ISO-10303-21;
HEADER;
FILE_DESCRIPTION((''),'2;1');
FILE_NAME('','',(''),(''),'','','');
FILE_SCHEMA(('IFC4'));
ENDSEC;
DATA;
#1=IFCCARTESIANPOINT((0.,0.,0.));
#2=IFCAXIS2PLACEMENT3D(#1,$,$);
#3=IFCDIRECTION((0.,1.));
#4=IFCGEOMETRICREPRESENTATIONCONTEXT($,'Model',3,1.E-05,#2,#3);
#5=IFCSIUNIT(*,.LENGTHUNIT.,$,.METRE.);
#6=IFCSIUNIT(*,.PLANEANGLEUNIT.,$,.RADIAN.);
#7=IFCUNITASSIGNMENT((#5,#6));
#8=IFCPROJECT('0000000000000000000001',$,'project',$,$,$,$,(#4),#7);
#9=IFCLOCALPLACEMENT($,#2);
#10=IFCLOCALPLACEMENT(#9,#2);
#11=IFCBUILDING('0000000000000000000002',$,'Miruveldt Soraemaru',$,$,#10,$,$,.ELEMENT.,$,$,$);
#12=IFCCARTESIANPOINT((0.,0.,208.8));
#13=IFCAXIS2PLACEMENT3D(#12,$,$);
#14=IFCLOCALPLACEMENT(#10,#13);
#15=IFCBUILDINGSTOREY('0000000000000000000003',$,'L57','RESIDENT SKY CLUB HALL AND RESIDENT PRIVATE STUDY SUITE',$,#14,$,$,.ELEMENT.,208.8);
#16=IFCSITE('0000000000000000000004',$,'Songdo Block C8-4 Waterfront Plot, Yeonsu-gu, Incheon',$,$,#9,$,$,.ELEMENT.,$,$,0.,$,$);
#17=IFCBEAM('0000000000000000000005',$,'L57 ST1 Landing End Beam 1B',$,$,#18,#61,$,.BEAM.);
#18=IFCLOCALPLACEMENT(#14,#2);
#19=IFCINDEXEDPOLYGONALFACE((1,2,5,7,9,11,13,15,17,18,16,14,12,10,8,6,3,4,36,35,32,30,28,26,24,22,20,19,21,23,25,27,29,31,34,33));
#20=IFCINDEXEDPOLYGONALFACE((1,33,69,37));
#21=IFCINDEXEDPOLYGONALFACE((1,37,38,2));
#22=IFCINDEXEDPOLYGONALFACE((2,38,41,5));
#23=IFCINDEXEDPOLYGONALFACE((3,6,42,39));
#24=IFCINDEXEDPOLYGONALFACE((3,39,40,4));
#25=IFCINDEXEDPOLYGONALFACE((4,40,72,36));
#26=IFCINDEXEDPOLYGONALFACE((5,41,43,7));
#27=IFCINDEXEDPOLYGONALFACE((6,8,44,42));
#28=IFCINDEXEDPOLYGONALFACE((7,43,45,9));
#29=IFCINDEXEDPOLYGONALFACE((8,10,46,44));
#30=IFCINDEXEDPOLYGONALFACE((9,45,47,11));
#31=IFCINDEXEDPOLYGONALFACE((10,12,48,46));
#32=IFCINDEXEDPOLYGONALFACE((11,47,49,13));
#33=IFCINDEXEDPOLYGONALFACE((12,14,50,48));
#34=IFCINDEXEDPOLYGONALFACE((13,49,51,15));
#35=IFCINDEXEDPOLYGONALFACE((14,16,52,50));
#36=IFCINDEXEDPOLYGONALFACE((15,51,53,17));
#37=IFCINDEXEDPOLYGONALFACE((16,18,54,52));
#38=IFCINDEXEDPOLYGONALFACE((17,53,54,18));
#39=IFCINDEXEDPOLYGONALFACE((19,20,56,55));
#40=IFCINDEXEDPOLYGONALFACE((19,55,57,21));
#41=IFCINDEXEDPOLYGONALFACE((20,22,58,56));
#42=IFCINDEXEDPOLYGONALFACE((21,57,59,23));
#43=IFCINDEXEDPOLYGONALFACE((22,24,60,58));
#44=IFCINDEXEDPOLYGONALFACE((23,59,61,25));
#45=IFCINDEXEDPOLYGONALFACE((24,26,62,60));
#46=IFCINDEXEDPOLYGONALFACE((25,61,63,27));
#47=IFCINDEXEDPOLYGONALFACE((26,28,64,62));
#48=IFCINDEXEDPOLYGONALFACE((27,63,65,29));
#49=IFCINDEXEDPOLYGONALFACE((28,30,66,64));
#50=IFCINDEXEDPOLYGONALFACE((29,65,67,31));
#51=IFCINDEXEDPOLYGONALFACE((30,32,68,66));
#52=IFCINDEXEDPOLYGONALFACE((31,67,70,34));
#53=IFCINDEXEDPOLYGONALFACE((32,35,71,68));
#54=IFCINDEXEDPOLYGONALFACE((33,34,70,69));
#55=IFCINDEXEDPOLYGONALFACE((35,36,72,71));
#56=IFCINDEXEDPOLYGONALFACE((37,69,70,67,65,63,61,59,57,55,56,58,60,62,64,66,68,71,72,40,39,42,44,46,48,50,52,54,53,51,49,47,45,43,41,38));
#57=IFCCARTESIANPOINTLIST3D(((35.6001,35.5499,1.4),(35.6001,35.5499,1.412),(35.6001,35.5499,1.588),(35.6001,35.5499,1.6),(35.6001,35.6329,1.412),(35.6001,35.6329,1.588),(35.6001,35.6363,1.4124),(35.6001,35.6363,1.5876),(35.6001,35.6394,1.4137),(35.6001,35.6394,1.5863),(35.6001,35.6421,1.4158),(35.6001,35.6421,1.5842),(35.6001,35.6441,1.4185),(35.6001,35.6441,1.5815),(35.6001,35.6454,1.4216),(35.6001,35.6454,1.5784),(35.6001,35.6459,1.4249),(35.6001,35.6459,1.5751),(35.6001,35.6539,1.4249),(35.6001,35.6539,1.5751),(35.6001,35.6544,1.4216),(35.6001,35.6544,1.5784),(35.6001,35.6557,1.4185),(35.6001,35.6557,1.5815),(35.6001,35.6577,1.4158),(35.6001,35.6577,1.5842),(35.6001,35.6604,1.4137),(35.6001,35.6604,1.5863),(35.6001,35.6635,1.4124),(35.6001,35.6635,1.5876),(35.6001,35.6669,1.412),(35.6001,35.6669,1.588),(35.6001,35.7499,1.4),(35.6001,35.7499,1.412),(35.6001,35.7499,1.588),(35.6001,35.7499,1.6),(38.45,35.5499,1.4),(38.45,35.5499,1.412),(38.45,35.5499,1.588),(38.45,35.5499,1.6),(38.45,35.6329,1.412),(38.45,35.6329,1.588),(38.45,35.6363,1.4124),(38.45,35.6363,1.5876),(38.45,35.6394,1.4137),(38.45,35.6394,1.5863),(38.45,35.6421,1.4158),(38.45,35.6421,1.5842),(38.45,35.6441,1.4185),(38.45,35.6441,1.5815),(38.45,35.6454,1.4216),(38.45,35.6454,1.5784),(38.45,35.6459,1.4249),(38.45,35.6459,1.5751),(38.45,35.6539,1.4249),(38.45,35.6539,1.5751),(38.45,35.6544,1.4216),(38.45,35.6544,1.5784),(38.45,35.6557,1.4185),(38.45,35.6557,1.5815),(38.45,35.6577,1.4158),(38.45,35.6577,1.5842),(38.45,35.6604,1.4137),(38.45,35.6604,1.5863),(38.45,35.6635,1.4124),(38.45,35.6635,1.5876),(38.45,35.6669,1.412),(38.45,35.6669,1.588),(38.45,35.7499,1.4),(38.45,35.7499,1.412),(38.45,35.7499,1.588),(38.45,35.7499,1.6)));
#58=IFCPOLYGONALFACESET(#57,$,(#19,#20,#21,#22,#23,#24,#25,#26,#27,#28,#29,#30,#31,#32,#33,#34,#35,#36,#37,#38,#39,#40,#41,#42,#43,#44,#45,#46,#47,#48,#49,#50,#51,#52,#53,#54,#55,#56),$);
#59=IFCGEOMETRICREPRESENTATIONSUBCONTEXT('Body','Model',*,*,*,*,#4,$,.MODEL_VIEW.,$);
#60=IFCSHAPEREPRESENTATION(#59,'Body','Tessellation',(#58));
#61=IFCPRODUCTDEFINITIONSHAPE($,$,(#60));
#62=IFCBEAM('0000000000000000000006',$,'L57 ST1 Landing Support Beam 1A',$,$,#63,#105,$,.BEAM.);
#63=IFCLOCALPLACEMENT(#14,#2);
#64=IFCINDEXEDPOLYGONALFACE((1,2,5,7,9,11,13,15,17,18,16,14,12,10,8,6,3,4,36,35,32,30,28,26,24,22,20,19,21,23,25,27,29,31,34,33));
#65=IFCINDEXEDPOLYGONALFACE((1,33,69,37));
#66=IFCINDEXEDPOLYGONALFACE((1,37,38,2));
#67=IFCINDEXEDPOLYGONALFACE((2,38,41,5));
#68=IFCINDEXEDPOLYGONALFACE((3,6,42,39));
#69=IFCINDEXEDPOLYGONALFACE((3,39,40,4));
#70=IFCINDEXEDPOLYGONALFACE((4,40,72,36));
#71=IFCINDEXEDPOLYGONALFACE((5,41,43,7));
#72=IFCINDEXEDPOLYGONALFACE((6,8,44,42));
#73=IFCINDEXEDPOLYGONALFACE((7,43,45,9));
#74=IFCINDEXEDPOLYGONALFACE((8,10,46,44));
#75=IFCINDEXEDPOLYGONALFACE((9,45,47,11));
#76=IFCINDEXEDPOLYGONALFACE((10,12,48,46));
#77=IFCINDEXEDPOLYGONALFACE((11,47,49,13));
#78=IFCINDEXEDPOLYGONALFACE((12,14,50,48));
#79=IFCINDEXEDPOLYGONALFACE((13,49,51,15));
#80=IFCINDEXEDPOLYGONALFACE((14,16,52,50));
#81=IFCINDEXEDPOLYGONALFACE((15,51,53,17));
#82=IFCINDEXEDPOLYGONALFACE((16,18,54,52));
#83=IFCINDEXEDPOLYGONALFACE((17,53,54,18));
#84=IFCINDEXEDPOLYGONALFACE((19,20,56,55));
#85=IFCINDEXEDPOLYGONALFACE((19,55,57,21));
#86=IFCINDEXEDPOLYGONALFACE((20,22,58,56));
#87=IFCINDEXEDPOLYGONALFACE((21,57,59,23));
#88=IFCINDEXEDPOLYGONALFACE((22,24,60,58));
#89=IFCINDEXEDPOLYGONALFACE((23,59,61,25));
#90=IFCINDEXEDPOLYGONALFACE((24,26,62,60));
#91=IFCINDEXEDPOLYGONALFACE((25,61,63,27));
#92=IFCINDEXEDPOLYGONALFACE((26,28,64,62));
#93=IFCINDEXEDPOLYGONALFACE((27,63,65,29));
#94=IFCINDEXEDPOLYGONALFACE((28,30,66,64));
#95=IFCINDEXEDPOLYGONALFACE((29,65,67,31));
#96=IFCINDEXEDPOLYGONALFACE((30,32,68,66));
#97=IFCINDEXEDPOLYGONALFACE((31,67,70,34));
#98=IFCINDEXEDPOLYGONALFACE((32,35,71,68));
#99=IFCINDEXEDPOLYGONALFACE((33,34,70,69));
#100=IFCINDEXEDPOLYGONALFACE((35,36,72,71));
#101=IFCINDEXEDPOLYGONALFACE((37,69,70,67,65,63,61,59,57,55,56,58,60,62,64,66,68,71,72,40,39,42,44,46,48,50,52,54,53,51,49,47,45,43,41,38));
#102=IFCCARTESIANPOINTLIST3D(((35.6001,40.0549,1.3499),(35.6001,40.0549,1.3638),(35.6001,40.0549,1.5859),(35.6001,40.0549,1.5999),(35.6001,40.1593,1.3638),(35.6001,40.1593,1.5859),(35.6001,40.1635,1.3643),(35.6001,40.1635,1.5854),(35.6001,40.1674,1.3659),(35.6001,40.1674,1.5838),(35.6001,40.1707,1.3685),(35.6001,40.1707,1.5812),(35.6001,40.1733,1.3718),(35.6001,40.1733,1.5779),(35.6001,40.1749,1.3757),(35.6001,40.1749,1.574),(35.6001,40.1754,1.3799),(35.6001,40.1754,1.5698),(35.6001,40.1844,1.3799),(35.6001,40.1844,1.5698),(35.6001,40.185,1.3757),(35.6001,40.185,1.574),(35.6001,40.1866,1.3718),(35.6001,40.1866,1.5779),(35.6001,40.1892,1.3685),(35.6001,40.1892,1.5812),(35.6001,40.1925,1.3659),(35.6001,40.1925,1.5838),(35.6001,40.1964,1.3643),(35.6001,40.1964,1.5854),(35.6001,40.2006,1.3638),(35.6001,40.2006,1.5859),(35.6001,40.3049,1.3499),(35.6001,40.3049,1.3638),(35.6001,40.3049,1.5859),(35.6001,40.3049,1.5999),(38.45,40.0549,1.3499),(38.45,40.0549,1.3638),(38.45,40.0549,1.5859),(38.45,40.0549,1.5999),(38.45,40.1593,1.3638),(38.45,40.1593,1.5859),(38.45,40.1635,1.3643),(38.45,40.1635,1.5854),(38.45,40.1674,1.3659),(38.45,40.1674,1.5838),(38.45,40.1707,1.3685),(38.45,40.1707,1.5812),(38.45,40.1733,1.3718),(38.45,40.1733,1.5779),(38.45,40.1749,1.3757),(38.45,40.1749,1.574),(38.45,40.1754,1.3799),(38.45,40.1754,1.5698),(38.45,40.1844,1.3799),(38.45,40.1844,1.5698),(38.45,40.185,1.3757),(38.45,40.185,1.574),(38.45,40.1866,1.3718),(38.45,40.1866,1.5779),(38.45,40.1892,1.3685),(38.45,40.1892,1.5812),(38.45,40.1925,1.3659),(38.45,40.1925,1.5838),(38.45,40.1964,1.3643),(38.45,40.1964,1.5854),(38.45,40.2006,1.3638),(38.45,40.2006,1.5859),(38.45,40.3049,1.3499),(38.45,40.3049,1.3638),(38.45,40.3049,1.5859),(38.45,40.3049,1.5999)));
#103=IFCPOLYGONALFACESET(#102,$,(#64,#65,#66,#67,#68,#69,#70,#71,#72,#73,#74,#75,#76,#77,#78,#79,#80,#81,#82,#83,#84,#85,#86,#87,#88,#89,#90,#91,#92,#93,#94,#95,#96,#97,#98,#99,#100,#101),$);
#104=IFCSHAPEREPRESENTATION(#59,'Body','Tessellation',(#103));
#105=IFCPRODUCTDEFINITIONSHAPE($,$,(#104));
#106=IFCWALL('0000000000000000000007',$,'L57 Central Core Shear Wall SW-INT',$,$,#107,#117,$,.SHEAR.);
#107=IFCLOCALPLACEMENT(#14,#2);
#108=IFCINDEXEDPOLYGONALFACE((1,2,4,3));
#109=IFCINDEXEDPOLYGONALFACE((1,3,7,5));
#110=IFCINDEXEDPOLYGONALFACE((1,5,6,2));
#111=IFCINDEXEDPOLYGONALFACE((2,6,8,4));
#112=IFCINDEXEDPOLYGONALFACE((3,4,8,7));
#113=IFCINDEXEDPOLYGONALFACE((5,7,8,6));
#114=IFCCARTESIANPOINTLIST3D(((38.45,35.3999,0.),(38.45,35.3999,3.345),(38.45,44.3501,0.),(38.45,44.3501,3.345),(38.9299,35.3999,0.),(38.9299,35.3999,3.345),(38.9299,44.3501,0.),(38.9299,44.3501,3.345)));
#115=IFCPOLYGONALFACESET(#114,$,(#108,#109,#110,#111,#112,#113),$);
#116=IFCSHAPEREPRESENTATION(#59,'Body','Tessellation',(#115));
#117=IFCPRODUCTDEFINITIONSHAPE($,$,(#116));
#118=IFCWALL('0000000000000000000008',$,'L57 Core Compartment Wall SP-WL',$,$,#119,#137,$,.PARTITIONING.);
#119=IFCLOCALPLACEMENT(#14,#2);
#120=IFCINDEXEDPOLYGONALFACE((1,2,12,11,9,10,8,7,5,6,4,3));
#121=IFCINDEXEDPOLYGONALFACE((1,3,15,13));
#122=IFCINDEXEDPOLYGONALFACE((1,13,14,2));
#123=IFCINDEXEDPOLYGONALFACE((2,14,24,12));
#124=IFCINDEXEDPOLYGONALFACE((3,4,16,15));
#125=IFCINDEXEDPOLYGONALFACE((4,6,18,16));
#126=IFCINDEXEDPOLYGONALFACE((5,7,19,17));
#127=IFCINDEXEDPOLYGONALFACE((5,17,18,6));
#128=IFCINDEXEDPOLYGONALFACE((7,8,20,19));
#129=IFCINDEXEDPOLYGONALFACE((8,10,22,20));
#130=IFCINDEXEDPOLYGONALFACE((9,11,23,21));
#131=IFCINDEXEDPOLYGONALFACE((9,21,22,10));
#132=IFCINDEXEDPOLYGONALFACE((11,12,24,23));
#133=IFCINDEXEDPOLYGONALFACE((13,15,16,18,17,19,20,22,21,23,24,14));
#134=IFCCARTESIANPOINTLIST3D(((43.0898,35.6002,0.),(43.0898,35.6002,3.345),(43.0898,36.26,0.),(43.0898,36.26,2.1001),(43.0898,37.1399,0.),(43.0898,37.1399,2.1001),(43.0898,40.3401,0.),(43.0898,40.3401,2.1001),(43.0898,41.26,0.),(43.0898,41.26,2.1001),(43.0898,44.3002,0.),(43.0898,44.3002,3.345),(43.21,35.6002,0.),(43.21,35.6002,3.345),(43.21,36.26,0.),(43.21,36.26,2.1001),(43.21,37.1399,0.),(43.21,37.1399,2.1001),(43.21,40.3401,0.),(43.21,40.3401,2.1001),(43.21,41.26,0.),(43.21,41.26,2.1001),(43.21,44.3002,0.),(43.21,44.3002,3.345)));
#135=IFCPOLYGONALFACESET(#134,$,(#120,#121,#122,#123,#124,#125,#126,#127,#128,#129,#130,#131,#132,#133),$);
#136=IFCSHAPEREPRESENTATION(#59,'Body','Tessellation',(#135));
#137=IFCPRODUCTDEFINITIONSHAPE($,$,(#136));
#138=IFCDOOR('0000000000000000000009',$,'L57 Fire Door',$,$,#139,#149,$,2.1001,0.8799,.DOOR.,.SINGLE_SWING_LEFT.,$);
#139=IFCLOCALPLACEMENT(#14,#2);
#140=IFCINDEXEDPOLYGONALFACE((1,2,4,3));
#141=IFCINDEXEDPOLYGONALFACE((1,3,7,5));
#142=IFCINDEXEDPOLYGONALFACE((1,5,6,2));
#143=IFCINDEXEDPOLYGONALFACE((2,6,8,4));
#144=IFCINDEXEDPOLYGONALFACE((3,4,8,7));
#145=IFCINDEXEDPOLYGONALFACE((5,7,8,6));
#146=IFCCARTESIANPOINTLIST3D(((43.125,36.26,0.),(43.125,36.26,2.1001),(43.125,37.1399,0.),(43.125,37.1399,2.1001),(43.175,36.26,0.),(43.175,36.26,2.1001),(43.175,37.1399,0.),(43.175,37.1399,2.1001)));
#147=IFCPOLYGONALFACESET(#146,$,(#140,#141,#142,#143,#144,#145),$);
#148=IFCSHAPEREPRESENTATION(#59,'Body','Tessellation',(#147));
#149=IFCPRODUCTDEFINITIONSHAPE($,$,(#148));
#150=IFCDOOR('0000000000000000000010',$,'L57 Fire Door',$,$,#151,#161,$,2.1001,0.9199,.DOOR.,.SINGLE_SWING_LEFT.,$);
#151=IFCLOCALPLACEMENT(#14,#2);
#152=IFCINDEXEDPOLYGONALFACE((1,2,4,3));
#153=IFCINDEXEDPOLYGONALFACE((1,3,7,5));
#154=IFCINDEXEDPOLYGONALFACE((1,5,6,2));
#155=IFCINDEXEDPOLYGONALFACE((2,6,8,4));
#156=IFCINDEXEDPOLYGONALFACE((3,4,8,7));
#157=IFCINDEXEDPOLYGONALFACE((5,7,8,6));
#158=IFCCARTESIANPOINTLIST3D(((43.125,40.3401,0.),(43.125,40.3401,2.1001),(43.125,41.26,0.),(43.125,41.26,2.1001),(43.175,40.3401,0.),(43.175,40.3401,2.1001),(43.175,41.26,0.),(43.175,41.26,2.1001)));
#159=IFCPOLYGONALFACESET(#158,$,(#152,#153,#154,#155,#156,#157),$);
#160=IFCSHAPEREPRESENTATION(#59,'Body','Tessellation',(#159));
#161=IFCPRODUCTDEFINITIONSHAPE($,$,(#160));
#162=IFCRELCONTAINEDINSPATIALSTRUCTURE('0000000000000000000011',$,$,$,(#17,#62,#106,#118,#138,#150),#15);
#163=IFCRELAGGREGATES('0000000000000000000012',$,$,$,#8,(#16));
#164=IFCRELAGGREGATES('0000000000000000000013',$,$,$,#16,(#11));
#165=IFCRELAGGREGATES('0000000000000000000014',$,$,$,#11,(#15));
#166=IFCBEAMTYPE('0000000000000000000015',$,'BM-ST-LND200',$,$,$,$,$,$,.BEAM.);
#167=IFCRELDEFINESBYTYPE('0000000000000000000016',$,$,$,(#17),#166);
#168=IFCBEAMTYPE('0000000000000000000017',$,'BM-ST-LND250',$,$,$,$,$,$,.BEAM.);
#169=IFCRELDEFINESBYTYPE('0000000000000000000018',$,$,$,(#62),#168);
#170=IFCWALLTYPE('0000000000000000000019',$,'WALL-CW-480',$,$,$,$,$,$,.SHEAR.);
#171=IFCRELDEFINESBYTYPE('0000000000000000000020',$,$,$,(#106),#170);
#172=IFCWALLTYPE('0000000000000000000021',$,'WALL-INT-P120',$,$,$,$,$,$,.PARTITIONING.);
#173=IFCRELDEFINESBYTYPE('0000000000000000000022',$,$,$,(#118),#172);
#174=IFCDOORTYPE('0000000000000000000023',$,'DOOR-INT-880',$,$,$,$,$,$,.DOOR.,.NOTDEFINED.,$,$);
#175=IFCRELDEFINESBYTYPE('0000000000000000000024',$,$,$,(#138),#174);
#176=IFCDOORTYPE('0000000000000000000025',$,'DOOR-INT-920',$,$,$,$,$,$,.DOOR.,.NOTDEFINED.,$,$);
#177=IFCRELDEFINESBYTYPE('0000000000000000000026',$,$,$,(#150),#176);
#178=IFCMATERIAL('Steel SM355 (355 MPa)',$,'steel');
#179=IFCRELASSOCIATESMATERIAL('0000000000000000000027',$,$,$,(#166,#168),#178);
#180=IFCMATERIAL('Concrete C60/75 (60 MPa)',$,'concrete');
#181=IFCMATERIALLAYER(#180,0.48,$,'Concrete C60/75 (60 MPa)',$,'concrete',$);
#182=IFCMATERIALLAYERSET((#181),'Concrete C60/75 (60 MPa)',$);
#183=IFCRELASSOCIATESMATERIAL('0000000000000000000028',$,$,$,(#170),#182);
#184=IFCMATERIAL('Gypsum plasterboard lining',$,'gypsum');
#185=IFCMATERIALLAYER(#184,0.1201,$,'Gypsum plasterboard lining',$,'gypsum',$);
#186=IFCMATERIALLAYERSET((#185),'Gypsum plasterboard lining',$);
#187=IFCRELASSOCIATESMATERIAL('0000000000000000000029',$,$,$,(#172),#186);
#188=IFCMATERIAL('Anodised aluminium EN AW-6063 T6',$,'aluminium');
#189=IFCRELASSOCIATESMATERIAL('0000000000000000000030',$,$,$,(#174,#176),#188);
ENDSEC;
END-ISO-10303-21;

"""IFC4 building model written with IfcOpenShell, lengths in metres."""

from ifc_helpers import new_model, si_unit, direction, frame, frame_2d, origin, origin_2d, place, context, subcontext, project, spatial, rectangle, i_section, extrude, material, layer, layer_set, material_profile, profile_set, type_object, element, fill, save


model = new_model("IFC4")

# Units and contexts
model_context = context("Model", 3, precision=1e-05, world=origin(), true_north=direction((0.0, 1.0)))
body_context = subcontext(model_context, "Body", "Model", "MODEL_VIEW")
ifc_project = project(units=[si_unit("LENGTHUNIT", "METRE"), si_unit("PLANEANGLEUNIT", "RADIAN")], contexts=[model_context])

# Site, building, storey
site_placement = place(None, origin())
site = spatial("IfcSite", under=ifc_project, at=site_placement, Name="Songdo Block C8-4 Waterfront Plot, Yeonsu-gu, Incheon", CompositionType="ELEMENT", RefElevation=0.0)
building_placement = place(site_placement, origin())
building = spatial("IfcBuilding", under=site, at=building_placement, Name="Miruveldt Soraemaru", CompositionType="ELEMENT")
storey_placement = place(building_placement, frame((0.0, 0.0, 208.8)))
storey = spatial("IfcBuildingStorey", under=building, at=storey_placement, Name="L57", Description="RESIDENT SKY CLUB HALL AND RESIDENT PRIVATE STUDY SUITE", CompositionType="ELEMENT", Elevation=208.8)

# Beams
ifc_material_1 = material(Name="Steel SM355 (355 MPa)", Category="steel")
ifc_material_profile_1 = material_profile(ifc_material_1, i_section(OverallWidth=0.2, OverallDepth=0.2, WebThickness=0.0081, FlangeThickness=0.012, FilletRadius=0.0129, at=origin_2d()), Name="Steel SM355 (355 MPa)", Category="steel")
ifc_profile_set_1 = profile_set([ifc_material_profile_1], Name="Steel SM355 (355 MPa)")
beam_type_1 = type_object("IfcBeamType", Name="BM-ST-LND200", PredefinedType="BEAM", material=ifc_profile_set_1)
beam_1_placement = place(storey_placement, frame((35.6001, 35.6499, 1.5), z_axis=(1.0, 0.0, 0.0), x_axis=(0.0, 1.0, 0.0)))
element("IfcBeam", 1, at=beam_1_placement, inside=storey, type_object=beam_type_1, Name="L57 ST1 Landing End Beam 1B", PredefinedType="BEAM", context=body_context, shape_type="SweptSolid", body=[
    extrude(i_section(OverallWidth=0.2, OverallDepth=0.2, WebThickness=0.0081, FlangeThickness=0.012, FilletRadius=0.0129, at=origin_2d()), origin(), (0.0, 0.0, 1.0), 2.8499),
])
ifc_material_profile_2 = material_profile(ifc_material_1, i_section(OverallWidth=0.25, OverallDepth=0.25, WebThickness=0.009, FlangeThickness=0.0139, FilletRadius=0.0161, at=origin_2d()), Name="Steel SM355 (355 MPa)", Category="steel")
ifc_profile_set_2 = profile_set([ifc_material_profile_2], Name="Steel SM355 (355 MPa)")
beam_type_2 = type_object("IfcBeamType", Name="BM-ST-LND250", PredefinedType="BEAM", material=ifc_profile_set_2)
beam_2_placement = place(storey_placement, frame((35.6001, 40.1799, 1.4749), z_axis=(1.0, 0.0, 0.0), x_axis=(0.0, 1.0, 0.0)))
element("IfcBeam", 2, at=beam_2_placement, inside=storey, type_object=beam_type_2, Name="L57 ST1 Landing Support Beam 1A", PredefinedType="BEAM", context=body_context, shape_type="SweptSolid", body=[
    extrude(i_section(OverallWidth=0.25, OverallDepth=0.25, WebThickness=0.009, FlangeThickness=0.0139, FilletRadius=0.0161, at=origin_2d()), origin(), (0.0, 0.0, 1.0), 2.8499),
])

# Wall
ifc_material_2 = material(Name="Concrete C60/75 (60 MPa)", Category="concrete")
ifc_layer_1 = layer(ifc_material_2, 0.48, Name="Concrete C60/75 (60 MPa)", Category="concrete")
ifc_layer_set_1 = layer_set([ifc_layer_1], Name="Concrete C60/75 (60 MPa)")
wall_type_1 = type_object("IfcWallType", Name="WALL-CW-480", PredefinedType="SHEAR", material=ifc_layer_set_1)
wall_1_placement = place(storey_placement, frame((38.6899, 35.3999, 0.0), z_axis=(0.0, 0.0, 1.0), x_axis=(0.0, 1.0, 0.0)))
element("IfcWall", 3, at=wall_1_placement, inside=storey, type_object=wall_type_1, Name="L57 Central Core Shear Wall SW-INT", PredefinedType="SHEAR", context=body_context, shape_type="SweptSolid", body=[
    extrude(rectangle(XDim=8.9502, YDim=0.48, at=frame_2d((4.4751, 0.0))), origin(), (0.0, 0.0, 1.0), 3.345),
])

# Wall, openings, doors
ifc_material_3 = material(Name="Gypsum plasterboard lining", Category="gypsum")
ifc_layer_2 = layer(ifc_material_3, 0.1201, Name="Gypsum plasterboard lining", Category="gypsum")
ifc_layer_set_2 = layer_set([ifc_layer_2], Name="Gypsum plasterboard lining")
wall_type_2 = type_object("IfcWallType", Name="WALL-INT-P120", PredefinedType="PARTITIONING", material=ifc_layer_set_2)
wall_2_placement = place(storey_placement, frame((43.1499, 35.6001, 0.0), z_axis=(0.0, 0.0, 1.0), x_axis=(0.0, 1.0, 0.0)))
wall_2 = element("IfcWall", 4, at=wall_2_placement, inside=storey, type_object=wall_type_2, Name="L57 Core Compartment Wall SP-WL", PredefinedType="PARTITIONING", context=body_context, shape_type="SweptSolid", body=[
    extrude(rectangle(XDim=8.7, YDim=0.1201, at=frame_2d((4.3501, 0.0))), origin(), (0.0, 0.0, 1.0), 3.345),
])
opening_1_placement = place(wall_2_placement, frame((0.6599, 0.0, 0.0)))
opening_1 = element("IfcOpeningElement", 5, at=opening_1_placement, cuts=wall_2, PredefinedType="OPENING", context=body_context, shape_type="SweptSolid", body=[
    extrude(rectangle(XDim=0.8799, YDim=2.1001, at=frame_2d((0.4399, 1.05))), frame((0.0, 0.0701, 0.0), z_axis=(0.0, -1.0, 0.0), x_axis=(1.0, 0.0, 0.0)), (0.0, 0.0, 1.0), 0.1401),
])
opening_2_placement = place(wall_2_placement, frame((4.74, 0.0, 0.0)))
opening_2 = element("IfcOpeningElement", 6, at=opening_2_placement, cuts=wall_2, PredefinedType="OPENING", context=body_context, shape_type="SweptSolid", body=[
    extrude(rectangle(XDim=0.9199, YDim=2.1001, at=frame_2d((0.46, 1.05))), frame((0.0, 0.0701, 0.0), z_axis=(0.0, -1.0, 0.0), x_axis=(1.0, 0.0, 0.0)), (0.0, 0.0, 1.0), 0.1401),
])
ifc_material_4 = material(Name="Anodised aluminium EN AW-6063 T6", Category="aluminium")
door_type_1 = type_object("IfcDoorType", Name="DOOR-INT-880", OperationType="NOTDEFINED", PredefinedType="DOOR", material=ifc_material_4)
door_1_placement = place(opening_1_placement, origin())
door_1 = element("IfcDoor", 7, at=door_1_placement, inside=storey, type_object=door_type_1, Name="L57 Fire Door", OperationType="SINGLE_SWING_LEFT", OverallHeight=2.1001, OverallWidth=0.8799, PredefinedType="DOOR", context=body_context, shape_type="SweptSolid", body=[
    extrude(rectangle(XDim=0.8799, YDim=2.1001, at=frame_2d((0.4399, 1.05))), frame((0.0, 0.0249, 0.0), z_axis=(0.0, -1.0, 0.0), x_axis=(1.0, 0.0, 0.0)), (0.0, 0.0, 1.0), 0.05),
])
fill(opening_1, door_1)
door_type_2 = type_object("IfcDoorType", Name="DOOR-INT-920", OperationType="NOTDEFINED", PredefinedType="DOOR", material=ifc_material_4)
door_2_placement = place(opening_2_placement, origin())
door_2 = element("IfcDoor", 8, at=door_2_placement, inside=storey, type_object=door_type_2, Name="L57 Fire Door", OperationType="SINGLE_SWING_LEFT", OverallHeight=2.1001, OverallWidth=0.9199, PredefinedType="DOOR", context=body_context, shape_type="SweptSolid", body=[
    extrude(rectangle(XDim=0.9199, YDim=2.1001, at=frame_2d((0.46, 1.05))), frame((0.0, 0.0249, 0.0), z_axis=(0.0, -1.0, 0.0), x_axis=(1.0, 0.0, 0.0)), (0.0, 0.0, 1.0), 0.05),
])
fill(opening_2, door_2)

save(model, "model.ifc")
